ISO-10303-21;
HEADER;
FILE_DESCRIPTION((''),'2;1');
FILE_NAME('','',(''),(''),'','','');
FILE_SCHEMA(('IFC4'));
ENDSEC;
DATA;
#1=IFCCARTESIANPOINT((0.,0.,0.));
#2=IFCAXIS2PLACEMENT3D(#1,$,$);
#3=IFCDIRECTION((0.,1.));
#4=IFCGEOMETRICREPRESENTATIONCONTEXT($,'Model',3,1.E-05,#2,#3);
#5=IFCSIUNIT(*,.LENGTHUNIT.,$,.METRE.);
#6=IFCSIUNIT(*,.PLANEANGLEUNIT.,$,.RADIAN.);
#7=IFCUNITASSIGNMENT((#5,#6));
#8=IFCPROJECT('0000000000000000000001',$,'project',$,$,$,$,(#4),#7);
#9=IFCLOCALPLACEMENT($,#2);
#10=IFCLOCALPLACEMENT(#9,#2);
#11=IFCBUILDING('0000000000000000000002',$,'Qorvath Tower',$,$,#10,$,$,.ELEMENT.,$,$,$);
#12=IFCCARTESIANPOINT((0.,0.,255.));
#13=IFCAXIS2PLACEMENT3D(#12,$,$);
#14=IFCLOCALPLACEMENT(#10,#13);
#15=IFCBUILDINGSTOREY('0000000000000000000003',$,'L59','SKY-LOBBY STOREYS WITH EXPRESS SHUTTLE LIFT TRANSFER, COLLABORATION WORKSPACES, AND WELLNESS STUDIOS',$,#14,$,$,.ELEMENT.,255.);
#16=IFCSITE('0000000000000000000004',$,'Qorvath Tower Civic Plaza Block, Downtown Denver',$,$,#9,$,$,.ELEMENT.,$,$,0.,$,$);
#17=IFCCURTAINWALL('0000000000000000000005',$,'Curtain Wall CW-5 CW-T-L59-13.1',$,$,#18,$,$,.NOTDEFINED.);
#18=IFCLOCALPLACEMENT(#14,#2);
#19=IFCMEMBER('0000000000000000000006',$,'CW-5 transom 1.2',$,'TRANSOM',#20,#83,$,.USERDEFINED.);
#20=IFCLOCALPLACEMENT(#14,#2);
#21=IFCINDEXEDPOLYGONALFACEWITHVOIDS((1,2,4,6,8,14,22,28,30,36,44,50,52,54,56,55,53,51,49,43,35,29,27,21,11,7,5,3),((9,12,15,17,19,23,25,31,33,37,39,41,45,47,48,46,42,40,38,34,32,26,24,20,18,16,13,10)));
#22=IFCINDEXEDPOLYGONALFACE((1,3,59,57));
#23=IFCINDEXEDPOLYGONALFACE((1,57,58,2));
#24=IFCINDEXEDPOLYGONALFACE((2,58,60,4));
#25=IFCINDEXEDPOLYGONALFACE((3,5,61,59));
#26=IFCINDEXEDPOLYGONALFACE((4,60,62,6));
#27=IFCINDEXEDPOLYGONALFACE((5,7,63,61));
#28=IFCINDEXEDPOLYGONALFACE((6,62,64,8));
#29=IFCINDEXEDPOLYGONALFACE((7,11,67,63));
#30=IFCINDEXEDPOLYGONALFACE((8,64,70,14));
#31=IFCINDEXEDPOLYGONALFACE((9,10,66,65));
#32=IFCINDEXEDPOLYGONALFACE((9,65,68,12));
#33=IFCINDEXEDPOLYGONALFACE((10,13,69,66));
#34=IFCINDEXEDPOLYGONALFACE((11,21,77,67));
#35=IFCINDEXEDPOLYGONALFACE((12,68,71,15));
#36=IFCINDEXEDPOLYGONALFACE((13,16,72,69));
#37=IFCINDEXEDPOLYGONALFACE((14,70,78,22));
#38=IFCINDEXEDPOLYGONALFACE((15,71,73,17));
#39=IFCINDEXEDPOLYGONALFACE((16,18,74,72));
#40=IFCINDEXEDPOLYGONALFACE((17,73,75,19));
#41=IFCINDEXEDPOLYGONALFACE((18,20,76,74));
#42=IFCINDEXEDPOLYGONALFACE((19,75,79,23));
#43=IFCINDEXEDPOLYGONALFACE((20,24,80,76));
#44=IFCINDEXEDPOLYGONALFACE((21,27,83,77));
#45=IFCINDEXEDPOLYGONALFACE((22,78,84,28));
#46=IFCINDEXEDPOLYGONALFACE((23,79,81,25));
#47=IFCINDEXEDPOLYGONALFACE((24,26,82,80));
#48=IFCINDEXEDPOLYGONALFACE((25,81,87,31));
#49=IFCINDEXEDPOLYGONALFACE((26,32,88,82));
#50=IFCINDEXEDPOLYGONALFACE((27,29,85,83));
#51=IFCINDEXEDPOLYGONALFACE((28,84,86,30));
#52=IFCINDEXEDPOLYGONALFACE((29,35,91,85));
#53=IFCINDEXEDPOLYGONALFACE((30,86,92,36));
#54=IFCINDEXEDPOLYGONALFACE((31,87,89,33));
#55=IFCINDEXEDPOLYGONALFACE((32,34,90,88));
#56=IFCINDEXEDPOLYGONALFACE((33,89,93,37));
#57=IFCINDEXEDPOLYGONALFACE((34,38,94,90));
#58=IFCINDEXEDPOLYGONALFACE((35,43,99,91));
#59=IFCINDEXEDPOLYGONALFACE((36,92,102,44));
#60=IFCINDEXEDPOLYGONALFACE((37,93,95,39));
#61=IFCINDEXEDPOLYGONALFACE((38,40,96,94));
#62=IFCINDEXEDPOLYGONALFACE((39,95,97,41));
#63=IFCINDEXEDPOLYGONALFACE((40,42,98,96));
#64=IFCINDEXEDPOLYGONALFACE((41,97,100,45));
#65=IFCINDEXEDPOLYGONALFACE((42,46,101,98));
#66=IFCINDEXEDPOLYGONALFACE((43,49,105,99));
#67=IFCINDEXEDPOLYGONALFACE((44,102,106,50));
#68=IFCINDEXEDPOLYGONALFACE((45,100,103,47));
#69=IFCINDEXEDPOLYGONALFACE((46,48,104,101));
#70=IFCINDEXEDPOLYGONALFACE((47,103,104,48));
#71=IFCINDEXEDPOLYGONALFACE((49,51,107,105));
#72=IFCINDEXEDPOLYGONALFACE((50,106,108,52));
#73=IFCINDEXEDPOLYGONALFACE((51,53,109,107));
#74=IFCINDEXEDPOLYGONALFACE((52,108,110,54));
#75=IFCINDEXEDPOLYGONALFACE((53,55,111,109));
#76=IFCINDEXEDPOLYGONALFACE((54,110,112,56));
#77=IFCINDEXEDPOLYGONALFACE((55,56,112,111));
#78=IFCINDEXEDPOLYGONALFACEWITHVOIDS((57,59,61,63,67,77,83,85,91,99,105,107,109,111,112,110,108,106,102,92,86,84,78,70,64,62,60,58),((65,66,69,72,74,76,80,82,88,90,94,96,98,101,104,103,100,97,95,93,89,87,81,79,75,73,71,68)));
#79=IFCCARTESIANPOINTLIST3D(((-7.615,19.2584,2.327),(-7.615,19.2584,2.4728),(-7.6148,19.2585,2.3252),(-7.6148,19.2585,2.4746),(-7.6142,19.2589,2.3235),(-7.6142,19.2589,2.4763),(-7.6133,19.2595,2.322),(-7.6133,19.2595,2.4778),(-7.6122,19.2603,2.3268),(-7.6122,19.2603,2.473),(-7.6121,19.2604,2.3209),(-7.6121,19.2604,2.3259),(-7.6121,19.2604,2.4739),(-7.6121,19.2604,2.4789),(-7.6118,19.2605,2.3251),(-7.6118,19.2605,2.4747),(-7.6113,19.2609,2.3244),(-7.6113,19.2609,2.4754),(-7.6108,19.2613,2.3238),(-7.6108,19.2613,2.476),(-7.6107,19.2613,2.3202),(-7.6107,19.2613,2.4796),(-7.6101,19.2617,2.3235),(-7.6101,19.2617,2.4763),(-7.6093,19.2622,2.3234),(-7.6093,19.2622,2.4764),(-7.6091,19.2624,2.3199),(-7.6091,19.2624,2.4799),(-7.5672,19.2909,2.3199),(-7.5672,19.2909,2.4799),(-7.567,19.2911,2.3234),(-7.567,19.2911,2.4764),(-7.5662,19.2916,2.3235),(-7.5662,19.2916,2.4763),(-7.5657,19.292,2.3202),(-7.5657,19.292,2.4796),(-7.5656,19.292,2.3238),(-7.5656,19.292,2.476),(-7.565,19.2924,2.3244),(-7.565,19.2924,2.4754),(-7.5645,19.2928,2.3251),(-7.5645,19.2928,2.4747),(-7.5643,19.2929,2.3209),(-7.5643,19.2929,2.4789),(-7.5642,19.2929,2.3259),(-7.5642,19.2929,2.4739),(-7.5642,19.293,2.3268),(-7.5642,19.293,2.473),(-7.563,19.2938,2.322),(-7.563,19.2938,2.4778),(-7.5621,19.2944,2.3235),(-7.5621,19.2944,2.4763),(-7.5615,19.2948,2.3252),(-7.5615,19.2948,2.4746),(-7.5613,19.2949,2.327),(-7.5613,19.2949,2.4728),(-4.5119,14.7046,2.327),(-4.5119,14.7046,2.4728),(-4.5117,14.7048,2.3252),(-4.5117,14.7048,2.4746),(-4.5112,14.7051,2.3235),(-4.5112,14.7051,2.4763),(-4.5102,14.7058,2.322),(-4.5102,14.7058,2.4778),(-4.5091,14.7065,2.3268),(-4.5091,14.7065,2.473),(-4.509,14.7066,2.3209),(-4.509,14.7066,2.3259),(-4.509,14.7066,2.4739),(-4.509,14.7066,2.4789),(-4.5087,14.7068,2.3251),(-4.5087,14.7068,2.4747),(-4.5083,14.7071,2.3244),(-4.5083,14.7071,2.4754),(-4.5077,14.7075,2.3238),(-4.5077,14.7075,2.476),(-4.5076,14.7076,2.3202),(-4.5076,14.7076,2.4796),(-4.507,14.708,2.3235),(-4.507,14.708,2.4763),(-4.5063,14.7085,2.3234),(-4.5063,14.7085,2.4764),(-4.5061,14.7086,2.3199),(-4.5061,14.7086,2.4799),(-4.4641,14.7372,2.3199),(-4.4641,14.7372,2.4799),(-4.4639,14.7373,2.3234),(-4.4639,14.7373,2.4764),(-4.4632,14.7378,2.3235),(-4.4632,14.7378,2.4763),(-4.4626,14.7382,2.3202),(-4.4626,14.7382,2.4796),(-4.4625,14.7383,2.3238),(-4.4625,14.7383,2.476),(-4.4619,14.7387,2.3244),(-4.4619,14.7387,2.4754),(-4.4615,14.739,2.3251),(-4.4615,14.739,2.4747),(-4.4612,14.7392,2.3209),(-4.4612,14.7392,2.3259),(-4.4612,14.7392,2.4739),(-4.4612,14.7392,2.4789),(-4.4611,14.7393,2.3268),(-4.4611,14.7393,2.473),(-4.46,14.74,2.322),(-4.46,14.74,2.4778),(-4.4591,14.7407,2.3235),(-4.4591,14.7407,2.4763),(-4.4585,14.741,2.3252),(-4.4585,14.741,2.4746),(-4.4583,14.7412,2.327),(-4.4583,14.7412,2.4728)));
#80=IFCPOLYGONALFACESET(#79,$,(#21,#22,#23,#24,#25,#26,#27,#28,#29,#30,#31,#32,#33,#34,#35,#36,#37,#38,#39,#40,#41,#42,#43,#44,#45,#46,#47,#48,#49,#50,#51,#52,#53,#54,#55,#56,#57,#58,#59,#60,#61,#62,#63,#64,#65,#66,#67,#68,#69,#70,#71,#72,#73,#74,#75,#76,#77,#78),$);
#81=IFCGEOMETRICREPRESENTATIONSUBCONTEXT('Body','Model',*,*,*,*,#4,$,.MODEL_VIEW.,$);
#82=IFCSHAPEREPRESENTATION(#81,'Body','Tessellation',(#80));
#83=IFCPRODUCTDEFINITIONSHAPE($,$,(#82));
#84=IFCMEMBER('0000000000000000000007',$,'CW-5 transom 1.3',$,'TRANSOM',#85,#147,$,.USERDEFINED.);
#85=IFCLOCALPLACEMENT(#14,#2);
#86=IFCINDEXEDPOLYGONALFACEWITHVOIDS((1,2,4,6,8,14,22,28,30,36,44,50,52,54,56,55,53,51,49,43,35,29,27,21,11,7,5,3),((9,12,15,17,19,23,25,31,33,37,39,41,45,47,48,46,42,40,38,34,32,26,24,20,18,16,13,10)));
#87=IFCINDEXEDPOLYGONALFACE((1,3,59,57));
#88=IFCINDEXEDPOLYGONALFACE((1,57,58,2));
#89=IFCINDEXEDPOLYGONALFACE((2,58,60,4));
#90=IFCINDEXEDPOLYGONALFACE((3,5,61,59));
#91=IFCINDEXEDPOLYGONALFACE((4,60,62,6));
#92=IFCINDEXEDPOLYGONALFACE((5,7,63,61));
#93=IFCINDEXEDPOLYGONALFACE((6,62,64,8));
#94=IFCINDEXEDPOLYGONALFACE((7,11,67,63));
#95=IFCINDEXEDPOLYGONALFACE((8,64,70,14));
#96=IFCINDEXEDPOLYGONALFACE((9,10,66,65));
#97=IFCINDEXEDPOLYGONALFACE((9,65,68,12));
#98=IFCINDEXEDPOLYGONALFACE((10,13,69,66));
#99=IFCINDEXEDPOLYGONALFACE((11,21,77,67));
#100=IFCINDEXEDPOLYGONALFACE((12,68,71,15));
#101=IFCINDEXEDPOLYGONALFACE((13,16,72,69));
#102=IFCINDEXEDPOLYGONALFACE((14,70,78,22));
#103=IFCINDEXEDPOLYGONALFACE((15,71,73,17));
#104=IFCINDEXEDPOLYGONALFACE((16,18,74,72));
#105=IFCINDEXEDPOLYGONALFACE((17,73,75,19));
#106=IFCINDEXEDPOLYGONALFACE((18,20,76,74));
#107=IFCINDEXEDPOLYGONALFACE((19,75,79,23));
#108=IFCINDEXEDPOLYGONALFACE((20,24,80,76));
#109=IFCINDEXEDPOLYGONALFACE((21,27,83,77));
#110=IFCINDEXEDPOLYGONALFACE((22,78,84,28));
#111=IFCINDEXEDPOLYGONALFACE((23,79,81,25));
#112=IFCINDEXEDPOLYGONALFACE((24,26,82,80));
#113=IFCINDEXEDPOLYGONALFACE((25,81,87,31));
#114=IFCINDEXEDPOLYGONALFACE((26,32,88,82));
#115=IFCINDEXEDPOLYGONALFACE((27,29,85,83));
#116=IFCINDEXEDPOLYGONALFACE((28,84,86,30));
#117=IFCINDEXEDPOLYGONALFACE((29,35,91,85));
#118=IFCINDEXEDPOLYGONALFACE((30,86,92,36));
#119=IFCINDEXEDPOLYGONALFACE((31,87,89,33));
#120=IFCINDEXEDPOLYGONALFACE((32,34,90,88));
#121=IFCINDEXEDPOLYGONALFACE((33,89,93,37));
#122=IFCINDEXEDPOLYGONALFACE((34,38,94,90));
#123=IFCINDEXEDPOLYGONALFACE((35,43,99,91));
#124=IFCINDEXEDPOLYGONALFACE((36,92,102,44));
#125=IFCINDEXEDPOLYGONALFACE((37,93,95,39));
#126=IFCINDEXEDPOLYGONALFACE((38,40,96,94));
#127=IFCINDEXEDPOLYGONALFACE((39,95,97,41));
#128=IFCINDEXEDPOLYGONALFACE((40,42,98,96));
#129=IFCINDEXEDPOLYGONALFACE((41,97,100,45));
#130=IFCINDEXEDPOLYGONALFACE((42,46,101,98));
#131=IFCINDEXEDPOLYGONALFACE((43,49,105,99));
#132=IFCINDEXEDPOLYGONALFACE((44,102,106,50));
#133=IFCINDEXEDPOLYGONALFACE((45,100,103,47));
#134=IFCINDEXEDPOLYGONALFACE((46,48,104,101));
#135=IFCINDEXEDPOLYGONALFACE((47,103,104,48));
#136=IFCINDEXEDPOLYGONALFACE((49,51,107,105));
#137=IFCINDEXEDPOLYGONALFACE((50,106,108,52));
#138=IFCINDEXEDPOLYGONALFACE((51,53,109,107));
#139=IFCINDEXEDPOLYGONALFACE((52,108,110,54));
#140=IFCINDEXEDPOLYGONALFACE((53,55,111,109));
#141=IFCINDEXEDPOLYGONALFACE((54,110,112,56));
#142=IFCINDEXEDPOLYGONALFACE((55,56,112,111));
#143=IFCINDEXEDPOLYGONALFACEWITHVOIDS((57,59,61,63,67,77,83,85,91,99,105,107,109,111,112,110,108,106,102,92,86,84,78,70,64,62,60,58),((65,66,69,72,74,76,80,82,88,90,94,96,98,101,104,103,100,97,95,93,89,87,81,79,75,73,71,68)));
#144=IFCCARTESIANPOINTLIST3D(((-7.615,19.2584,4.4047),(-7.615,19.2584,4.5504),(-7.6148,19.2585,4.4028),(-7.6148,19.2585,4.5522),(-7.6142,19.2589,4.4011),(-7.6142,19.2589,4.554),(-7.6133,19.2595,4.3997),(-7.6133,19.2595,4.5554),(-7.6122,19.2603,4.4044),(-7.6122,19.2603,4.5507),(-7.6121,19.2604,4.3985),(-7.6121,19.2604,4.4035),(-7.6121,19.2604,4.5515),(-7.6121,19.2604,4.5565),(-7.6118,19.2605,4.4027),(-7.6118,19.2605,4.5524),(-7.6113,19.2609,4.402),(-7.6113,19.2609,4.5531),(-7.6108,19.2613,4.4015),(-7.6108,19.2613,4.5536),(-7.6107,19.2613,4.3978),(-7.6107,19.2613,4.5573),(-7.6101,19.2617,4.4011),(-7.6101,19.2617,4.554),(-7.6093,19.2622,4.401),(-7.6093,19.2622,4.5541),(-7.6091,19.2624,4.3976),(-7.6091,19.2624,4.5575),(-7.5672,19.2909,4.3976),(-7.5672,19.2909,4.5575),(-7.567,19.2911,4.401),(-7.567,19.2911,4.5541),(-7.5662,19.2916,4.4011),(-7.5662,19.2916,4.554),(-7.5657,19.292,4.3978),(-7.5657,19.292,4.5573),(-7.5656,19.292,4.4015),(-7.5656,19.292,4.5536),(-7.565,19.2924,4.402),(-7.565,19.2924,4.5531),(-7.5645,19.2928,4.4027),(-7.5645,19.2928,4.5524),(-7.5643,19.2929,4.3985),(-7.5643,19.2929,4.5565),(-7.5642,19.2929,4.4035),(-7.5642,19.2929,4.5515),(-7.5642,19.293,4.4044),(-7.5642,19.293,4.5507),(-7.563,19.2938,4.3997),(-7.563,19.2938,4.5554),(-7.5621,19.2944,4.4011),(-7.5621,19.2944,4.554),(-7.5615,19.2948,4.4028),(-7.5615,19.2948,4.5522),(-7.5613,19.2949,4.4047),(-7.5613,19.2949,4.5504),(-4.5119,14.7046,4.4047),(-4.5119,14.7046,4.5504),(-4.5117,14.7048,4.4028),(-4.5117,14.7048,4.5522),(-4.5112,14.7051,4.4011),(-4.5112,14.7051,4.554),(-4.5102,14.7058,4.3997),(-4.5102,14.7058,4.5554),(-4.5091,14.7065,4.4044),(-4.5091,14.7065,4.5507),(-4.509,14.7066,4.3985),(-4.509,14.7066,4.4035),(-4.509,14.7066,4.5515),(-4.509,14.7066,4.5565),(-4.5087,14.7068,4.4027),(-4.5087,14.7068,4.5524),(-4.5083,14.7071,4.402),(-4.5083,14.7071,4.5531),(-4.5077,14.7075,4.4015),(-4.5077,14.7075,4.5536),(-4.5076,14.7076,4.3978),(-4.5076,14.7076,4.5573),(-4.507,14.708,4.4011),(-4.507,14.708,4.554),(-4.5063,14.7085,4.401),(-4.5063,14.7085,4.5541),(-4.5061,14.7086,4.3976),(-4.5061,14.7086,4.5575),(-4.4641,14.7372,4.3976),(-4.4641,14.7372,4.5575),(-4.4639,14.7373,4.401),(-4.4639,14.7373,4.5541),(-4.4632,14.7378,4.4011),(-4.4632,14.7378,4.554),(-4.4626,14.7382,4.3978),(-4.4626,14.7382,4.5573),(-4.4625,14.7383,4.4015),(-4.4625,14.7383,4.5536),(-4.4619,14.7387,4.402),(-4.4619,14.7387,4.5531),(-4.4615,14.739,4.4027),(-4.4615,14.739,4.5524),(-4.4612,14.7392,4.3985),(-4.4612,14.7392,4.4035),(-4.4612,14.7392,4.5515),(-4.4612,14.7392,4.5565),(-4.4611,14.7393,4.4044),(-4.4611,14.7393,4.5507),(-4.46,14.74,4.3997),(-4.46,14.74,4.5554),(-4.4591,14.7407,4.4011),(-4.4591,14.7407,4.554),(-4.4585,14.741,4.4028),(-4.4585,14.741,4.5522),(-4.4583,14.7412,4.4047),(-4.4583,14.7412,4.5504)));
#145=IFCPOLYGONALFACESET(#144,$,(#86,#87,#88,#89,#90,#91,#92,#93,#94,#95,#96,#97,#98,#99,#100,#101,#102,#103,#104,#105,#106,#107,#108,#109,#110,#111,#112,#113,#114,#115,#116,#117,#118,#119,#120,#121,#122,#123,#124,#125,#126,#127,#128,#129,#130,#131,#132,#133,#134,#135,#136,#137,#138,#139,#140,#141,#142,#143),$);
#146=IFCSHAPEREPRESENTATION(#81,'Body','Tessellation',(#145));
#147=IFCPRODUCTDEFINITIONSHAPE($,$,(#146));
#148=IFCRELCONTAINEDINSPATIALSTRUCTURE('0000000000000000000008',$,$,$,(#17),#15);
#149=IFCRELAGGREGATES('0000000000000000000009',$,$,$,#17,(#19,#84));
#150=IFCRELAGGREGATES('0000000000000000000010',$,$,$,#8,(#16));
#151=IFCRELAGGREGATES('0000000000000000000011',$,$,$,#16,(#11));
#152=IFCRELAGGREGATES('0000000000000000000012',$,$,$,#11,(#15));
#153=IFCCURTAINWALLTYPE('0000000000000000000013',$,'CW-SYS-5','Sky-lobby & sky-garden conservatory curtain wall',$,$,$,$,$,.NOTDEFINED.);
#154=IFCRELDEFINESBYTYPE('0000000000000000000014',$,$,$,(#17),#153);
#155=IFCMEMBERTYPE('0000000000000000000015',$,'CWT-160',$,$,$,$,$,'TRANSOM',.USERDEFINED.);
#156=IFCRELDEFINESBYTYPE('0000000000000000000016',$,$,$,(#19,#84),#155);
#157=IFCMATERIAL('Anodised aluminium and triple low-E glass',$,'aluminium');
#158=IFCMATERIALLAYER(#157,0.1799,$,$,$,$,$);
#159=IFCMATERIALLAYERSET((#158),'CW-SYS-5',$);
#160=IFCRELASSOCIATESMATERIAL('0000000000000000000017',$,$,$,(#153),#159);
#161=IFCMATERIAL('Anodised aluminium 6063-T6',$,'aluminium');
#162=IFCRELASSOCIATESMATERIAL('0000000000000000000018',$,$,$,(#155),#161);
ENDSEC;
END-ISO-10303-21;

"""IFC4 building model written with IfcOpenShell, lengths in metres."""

from ifc_helpers import new_model, si_unit, direction, frame, origin, origin_2d, place, context, subcontext, project, spatial, hollow_rectangle, extrude, material, layer, layer_set, material_profile, profile_set, type_object, element, aggregate, save


model = new_model("IFC4")

# Units and contexts
model_context = context("Model", 3, precision=1e-05, world=origin(), true_north=direction((0.0, 1.0)))
body_context = subcontext(model_context, "Body", "Model", "MODEL_VIEW")
ifc_project = project(units=[si_unit("LENGTHUNIT", "METRE"), si_unit("PLANEANGLEUNIT", "RADIAN")], contexts=[model_context])

# Site, building, storey
site_placement = place(None, origin())
site = spatial("IfcSite", under=ifc_project, at=site_placement, Name="Qorvath Tower Civic Plaza Block, Downtown Denver", CompositionType="ELEMENT", RefElevation=0.0)
building_placement = place(site_placement, origin())
building = spatial("IfcBuilding", under=site, at=building_placement, Name="Qorvath Tower", CompositionType="ELEMENT")
storey_placement = place(building_placement, frame((0.0, 0.0, 255.0)))
storey = spatial("IfcBuildingStorey", under=building, at=storey_placement, Name="L59", Description="SKY-LOBBY STOREYS WITH EXPRESS SHUTTLE LIFT TRANSFER, COLLABORATION WORKSPACES, AND WELLNESS STUDIOS", CompositionType="ELEMENT", Elevation=255.0)

# Shared definitions
ifc_material_1 = material(Name="Anodised aluminium and triple low-E glass", Category="aluminium")
ifc_layer_1 = layer(ifc_material_1, 0.1799)
ifc_layer_set_1 = layer_set([ifc_layer_1], Name="CW-SYS-5")
curtain_wall_type = type_object("IfcCurtainWallType", Name="CW-SYS-5", Description="Sky-lobby & sky-garden conservatory curtain wall", PredefinedType="NOTDEFINED", material=ifc_layer_set_1)

# Curtain wall
curtain_wall_1_placement = place(storey_placement, origin())
curtain_wall_1 = element("IfcCurtainWall", 1, at=curtain_wall_1_placement, inside=storey, type_object=curtain_wall_type, Name="Curtain Wall CW-5 CW-T-L59-13.1", PredefinedType="NOTDEFINED")

# Members
ifc_material_2 = material(Name="Anodised aluminium 6063-T6", Category="aluminium")
ifc_material_profile_1 = material_profile(ifc_material_2, hollow_rectangle(XDim=0.0649, YDim=0.1599, WallThickness=0.0034, InnerFilletRadius=0.0034, OuterFilletRadius=0.0071, at=origin_2d()), Name="CWT 160x65")
ifc_profile_set_1 = profile_set([ifc_material_profile_1], Name="Anodised aluminium 6063-T6")
member_type_1 = type_object("IfcMemberType", Name="CWT-160", ElementType="TRANSOM", PredefinedType="USERDEFINED", material=ifc_profile_set_1)
member_1_placement = place(storey_placement, frame((-4.4851, 14.7229, 2.3999), z_axis=(-0.563117, 0.826377, 0.0), x_axis=(-0.826377, -0.563117, 0.0)))
member_1 = element("IfcMember", 2, at=member_1_placement, type_object=member_type_1, Name="CW-5 transom 1.2", ObjectType="TRANSOM", PredefinedType="USERDEFINED", context=body_context, shape_type="SweptSolid", body=[
    extrude(hollow_rectangle(XDim=0.0649, YDim=0.1599, WallThickness=0.0034, InnerFilletRadius=0.0034, OuterFilletRadius=0.0071, at=origin_2d()), origin(), (0.0, 0.0, 1.0), 5.5105),
])
member_2_placement = place(storey_placement, frame((-4.4851, 14.7229, 4.4775), z_axis=(-0.563117, 0.826377, 0.0), x_axis=(-0.826377, -0.563117, 0.0)))
member_2 = element("IfcMember", 3, at=member_2_placement, type_object=member_type_1, Name="CW-5 transom 1.3", ObjectType="TRANSOM", PredefinedType="USERDEFINED", context=body_context, shape_type="SweptSolid", body=[
    extrude(hollow_rectangle(XDim=0.0649, YDim=0.1599, WallThickness=0.0034, InnerFilletRadius=0.0034, OuterFilletRadius=0.0071, at=origin_2d()), origin(), (0.0, 0.0, 1.0), 5.5105),
])

aggregate(curtain_wall_1, [member_1, member_2])

save(model, "model.ifc")
